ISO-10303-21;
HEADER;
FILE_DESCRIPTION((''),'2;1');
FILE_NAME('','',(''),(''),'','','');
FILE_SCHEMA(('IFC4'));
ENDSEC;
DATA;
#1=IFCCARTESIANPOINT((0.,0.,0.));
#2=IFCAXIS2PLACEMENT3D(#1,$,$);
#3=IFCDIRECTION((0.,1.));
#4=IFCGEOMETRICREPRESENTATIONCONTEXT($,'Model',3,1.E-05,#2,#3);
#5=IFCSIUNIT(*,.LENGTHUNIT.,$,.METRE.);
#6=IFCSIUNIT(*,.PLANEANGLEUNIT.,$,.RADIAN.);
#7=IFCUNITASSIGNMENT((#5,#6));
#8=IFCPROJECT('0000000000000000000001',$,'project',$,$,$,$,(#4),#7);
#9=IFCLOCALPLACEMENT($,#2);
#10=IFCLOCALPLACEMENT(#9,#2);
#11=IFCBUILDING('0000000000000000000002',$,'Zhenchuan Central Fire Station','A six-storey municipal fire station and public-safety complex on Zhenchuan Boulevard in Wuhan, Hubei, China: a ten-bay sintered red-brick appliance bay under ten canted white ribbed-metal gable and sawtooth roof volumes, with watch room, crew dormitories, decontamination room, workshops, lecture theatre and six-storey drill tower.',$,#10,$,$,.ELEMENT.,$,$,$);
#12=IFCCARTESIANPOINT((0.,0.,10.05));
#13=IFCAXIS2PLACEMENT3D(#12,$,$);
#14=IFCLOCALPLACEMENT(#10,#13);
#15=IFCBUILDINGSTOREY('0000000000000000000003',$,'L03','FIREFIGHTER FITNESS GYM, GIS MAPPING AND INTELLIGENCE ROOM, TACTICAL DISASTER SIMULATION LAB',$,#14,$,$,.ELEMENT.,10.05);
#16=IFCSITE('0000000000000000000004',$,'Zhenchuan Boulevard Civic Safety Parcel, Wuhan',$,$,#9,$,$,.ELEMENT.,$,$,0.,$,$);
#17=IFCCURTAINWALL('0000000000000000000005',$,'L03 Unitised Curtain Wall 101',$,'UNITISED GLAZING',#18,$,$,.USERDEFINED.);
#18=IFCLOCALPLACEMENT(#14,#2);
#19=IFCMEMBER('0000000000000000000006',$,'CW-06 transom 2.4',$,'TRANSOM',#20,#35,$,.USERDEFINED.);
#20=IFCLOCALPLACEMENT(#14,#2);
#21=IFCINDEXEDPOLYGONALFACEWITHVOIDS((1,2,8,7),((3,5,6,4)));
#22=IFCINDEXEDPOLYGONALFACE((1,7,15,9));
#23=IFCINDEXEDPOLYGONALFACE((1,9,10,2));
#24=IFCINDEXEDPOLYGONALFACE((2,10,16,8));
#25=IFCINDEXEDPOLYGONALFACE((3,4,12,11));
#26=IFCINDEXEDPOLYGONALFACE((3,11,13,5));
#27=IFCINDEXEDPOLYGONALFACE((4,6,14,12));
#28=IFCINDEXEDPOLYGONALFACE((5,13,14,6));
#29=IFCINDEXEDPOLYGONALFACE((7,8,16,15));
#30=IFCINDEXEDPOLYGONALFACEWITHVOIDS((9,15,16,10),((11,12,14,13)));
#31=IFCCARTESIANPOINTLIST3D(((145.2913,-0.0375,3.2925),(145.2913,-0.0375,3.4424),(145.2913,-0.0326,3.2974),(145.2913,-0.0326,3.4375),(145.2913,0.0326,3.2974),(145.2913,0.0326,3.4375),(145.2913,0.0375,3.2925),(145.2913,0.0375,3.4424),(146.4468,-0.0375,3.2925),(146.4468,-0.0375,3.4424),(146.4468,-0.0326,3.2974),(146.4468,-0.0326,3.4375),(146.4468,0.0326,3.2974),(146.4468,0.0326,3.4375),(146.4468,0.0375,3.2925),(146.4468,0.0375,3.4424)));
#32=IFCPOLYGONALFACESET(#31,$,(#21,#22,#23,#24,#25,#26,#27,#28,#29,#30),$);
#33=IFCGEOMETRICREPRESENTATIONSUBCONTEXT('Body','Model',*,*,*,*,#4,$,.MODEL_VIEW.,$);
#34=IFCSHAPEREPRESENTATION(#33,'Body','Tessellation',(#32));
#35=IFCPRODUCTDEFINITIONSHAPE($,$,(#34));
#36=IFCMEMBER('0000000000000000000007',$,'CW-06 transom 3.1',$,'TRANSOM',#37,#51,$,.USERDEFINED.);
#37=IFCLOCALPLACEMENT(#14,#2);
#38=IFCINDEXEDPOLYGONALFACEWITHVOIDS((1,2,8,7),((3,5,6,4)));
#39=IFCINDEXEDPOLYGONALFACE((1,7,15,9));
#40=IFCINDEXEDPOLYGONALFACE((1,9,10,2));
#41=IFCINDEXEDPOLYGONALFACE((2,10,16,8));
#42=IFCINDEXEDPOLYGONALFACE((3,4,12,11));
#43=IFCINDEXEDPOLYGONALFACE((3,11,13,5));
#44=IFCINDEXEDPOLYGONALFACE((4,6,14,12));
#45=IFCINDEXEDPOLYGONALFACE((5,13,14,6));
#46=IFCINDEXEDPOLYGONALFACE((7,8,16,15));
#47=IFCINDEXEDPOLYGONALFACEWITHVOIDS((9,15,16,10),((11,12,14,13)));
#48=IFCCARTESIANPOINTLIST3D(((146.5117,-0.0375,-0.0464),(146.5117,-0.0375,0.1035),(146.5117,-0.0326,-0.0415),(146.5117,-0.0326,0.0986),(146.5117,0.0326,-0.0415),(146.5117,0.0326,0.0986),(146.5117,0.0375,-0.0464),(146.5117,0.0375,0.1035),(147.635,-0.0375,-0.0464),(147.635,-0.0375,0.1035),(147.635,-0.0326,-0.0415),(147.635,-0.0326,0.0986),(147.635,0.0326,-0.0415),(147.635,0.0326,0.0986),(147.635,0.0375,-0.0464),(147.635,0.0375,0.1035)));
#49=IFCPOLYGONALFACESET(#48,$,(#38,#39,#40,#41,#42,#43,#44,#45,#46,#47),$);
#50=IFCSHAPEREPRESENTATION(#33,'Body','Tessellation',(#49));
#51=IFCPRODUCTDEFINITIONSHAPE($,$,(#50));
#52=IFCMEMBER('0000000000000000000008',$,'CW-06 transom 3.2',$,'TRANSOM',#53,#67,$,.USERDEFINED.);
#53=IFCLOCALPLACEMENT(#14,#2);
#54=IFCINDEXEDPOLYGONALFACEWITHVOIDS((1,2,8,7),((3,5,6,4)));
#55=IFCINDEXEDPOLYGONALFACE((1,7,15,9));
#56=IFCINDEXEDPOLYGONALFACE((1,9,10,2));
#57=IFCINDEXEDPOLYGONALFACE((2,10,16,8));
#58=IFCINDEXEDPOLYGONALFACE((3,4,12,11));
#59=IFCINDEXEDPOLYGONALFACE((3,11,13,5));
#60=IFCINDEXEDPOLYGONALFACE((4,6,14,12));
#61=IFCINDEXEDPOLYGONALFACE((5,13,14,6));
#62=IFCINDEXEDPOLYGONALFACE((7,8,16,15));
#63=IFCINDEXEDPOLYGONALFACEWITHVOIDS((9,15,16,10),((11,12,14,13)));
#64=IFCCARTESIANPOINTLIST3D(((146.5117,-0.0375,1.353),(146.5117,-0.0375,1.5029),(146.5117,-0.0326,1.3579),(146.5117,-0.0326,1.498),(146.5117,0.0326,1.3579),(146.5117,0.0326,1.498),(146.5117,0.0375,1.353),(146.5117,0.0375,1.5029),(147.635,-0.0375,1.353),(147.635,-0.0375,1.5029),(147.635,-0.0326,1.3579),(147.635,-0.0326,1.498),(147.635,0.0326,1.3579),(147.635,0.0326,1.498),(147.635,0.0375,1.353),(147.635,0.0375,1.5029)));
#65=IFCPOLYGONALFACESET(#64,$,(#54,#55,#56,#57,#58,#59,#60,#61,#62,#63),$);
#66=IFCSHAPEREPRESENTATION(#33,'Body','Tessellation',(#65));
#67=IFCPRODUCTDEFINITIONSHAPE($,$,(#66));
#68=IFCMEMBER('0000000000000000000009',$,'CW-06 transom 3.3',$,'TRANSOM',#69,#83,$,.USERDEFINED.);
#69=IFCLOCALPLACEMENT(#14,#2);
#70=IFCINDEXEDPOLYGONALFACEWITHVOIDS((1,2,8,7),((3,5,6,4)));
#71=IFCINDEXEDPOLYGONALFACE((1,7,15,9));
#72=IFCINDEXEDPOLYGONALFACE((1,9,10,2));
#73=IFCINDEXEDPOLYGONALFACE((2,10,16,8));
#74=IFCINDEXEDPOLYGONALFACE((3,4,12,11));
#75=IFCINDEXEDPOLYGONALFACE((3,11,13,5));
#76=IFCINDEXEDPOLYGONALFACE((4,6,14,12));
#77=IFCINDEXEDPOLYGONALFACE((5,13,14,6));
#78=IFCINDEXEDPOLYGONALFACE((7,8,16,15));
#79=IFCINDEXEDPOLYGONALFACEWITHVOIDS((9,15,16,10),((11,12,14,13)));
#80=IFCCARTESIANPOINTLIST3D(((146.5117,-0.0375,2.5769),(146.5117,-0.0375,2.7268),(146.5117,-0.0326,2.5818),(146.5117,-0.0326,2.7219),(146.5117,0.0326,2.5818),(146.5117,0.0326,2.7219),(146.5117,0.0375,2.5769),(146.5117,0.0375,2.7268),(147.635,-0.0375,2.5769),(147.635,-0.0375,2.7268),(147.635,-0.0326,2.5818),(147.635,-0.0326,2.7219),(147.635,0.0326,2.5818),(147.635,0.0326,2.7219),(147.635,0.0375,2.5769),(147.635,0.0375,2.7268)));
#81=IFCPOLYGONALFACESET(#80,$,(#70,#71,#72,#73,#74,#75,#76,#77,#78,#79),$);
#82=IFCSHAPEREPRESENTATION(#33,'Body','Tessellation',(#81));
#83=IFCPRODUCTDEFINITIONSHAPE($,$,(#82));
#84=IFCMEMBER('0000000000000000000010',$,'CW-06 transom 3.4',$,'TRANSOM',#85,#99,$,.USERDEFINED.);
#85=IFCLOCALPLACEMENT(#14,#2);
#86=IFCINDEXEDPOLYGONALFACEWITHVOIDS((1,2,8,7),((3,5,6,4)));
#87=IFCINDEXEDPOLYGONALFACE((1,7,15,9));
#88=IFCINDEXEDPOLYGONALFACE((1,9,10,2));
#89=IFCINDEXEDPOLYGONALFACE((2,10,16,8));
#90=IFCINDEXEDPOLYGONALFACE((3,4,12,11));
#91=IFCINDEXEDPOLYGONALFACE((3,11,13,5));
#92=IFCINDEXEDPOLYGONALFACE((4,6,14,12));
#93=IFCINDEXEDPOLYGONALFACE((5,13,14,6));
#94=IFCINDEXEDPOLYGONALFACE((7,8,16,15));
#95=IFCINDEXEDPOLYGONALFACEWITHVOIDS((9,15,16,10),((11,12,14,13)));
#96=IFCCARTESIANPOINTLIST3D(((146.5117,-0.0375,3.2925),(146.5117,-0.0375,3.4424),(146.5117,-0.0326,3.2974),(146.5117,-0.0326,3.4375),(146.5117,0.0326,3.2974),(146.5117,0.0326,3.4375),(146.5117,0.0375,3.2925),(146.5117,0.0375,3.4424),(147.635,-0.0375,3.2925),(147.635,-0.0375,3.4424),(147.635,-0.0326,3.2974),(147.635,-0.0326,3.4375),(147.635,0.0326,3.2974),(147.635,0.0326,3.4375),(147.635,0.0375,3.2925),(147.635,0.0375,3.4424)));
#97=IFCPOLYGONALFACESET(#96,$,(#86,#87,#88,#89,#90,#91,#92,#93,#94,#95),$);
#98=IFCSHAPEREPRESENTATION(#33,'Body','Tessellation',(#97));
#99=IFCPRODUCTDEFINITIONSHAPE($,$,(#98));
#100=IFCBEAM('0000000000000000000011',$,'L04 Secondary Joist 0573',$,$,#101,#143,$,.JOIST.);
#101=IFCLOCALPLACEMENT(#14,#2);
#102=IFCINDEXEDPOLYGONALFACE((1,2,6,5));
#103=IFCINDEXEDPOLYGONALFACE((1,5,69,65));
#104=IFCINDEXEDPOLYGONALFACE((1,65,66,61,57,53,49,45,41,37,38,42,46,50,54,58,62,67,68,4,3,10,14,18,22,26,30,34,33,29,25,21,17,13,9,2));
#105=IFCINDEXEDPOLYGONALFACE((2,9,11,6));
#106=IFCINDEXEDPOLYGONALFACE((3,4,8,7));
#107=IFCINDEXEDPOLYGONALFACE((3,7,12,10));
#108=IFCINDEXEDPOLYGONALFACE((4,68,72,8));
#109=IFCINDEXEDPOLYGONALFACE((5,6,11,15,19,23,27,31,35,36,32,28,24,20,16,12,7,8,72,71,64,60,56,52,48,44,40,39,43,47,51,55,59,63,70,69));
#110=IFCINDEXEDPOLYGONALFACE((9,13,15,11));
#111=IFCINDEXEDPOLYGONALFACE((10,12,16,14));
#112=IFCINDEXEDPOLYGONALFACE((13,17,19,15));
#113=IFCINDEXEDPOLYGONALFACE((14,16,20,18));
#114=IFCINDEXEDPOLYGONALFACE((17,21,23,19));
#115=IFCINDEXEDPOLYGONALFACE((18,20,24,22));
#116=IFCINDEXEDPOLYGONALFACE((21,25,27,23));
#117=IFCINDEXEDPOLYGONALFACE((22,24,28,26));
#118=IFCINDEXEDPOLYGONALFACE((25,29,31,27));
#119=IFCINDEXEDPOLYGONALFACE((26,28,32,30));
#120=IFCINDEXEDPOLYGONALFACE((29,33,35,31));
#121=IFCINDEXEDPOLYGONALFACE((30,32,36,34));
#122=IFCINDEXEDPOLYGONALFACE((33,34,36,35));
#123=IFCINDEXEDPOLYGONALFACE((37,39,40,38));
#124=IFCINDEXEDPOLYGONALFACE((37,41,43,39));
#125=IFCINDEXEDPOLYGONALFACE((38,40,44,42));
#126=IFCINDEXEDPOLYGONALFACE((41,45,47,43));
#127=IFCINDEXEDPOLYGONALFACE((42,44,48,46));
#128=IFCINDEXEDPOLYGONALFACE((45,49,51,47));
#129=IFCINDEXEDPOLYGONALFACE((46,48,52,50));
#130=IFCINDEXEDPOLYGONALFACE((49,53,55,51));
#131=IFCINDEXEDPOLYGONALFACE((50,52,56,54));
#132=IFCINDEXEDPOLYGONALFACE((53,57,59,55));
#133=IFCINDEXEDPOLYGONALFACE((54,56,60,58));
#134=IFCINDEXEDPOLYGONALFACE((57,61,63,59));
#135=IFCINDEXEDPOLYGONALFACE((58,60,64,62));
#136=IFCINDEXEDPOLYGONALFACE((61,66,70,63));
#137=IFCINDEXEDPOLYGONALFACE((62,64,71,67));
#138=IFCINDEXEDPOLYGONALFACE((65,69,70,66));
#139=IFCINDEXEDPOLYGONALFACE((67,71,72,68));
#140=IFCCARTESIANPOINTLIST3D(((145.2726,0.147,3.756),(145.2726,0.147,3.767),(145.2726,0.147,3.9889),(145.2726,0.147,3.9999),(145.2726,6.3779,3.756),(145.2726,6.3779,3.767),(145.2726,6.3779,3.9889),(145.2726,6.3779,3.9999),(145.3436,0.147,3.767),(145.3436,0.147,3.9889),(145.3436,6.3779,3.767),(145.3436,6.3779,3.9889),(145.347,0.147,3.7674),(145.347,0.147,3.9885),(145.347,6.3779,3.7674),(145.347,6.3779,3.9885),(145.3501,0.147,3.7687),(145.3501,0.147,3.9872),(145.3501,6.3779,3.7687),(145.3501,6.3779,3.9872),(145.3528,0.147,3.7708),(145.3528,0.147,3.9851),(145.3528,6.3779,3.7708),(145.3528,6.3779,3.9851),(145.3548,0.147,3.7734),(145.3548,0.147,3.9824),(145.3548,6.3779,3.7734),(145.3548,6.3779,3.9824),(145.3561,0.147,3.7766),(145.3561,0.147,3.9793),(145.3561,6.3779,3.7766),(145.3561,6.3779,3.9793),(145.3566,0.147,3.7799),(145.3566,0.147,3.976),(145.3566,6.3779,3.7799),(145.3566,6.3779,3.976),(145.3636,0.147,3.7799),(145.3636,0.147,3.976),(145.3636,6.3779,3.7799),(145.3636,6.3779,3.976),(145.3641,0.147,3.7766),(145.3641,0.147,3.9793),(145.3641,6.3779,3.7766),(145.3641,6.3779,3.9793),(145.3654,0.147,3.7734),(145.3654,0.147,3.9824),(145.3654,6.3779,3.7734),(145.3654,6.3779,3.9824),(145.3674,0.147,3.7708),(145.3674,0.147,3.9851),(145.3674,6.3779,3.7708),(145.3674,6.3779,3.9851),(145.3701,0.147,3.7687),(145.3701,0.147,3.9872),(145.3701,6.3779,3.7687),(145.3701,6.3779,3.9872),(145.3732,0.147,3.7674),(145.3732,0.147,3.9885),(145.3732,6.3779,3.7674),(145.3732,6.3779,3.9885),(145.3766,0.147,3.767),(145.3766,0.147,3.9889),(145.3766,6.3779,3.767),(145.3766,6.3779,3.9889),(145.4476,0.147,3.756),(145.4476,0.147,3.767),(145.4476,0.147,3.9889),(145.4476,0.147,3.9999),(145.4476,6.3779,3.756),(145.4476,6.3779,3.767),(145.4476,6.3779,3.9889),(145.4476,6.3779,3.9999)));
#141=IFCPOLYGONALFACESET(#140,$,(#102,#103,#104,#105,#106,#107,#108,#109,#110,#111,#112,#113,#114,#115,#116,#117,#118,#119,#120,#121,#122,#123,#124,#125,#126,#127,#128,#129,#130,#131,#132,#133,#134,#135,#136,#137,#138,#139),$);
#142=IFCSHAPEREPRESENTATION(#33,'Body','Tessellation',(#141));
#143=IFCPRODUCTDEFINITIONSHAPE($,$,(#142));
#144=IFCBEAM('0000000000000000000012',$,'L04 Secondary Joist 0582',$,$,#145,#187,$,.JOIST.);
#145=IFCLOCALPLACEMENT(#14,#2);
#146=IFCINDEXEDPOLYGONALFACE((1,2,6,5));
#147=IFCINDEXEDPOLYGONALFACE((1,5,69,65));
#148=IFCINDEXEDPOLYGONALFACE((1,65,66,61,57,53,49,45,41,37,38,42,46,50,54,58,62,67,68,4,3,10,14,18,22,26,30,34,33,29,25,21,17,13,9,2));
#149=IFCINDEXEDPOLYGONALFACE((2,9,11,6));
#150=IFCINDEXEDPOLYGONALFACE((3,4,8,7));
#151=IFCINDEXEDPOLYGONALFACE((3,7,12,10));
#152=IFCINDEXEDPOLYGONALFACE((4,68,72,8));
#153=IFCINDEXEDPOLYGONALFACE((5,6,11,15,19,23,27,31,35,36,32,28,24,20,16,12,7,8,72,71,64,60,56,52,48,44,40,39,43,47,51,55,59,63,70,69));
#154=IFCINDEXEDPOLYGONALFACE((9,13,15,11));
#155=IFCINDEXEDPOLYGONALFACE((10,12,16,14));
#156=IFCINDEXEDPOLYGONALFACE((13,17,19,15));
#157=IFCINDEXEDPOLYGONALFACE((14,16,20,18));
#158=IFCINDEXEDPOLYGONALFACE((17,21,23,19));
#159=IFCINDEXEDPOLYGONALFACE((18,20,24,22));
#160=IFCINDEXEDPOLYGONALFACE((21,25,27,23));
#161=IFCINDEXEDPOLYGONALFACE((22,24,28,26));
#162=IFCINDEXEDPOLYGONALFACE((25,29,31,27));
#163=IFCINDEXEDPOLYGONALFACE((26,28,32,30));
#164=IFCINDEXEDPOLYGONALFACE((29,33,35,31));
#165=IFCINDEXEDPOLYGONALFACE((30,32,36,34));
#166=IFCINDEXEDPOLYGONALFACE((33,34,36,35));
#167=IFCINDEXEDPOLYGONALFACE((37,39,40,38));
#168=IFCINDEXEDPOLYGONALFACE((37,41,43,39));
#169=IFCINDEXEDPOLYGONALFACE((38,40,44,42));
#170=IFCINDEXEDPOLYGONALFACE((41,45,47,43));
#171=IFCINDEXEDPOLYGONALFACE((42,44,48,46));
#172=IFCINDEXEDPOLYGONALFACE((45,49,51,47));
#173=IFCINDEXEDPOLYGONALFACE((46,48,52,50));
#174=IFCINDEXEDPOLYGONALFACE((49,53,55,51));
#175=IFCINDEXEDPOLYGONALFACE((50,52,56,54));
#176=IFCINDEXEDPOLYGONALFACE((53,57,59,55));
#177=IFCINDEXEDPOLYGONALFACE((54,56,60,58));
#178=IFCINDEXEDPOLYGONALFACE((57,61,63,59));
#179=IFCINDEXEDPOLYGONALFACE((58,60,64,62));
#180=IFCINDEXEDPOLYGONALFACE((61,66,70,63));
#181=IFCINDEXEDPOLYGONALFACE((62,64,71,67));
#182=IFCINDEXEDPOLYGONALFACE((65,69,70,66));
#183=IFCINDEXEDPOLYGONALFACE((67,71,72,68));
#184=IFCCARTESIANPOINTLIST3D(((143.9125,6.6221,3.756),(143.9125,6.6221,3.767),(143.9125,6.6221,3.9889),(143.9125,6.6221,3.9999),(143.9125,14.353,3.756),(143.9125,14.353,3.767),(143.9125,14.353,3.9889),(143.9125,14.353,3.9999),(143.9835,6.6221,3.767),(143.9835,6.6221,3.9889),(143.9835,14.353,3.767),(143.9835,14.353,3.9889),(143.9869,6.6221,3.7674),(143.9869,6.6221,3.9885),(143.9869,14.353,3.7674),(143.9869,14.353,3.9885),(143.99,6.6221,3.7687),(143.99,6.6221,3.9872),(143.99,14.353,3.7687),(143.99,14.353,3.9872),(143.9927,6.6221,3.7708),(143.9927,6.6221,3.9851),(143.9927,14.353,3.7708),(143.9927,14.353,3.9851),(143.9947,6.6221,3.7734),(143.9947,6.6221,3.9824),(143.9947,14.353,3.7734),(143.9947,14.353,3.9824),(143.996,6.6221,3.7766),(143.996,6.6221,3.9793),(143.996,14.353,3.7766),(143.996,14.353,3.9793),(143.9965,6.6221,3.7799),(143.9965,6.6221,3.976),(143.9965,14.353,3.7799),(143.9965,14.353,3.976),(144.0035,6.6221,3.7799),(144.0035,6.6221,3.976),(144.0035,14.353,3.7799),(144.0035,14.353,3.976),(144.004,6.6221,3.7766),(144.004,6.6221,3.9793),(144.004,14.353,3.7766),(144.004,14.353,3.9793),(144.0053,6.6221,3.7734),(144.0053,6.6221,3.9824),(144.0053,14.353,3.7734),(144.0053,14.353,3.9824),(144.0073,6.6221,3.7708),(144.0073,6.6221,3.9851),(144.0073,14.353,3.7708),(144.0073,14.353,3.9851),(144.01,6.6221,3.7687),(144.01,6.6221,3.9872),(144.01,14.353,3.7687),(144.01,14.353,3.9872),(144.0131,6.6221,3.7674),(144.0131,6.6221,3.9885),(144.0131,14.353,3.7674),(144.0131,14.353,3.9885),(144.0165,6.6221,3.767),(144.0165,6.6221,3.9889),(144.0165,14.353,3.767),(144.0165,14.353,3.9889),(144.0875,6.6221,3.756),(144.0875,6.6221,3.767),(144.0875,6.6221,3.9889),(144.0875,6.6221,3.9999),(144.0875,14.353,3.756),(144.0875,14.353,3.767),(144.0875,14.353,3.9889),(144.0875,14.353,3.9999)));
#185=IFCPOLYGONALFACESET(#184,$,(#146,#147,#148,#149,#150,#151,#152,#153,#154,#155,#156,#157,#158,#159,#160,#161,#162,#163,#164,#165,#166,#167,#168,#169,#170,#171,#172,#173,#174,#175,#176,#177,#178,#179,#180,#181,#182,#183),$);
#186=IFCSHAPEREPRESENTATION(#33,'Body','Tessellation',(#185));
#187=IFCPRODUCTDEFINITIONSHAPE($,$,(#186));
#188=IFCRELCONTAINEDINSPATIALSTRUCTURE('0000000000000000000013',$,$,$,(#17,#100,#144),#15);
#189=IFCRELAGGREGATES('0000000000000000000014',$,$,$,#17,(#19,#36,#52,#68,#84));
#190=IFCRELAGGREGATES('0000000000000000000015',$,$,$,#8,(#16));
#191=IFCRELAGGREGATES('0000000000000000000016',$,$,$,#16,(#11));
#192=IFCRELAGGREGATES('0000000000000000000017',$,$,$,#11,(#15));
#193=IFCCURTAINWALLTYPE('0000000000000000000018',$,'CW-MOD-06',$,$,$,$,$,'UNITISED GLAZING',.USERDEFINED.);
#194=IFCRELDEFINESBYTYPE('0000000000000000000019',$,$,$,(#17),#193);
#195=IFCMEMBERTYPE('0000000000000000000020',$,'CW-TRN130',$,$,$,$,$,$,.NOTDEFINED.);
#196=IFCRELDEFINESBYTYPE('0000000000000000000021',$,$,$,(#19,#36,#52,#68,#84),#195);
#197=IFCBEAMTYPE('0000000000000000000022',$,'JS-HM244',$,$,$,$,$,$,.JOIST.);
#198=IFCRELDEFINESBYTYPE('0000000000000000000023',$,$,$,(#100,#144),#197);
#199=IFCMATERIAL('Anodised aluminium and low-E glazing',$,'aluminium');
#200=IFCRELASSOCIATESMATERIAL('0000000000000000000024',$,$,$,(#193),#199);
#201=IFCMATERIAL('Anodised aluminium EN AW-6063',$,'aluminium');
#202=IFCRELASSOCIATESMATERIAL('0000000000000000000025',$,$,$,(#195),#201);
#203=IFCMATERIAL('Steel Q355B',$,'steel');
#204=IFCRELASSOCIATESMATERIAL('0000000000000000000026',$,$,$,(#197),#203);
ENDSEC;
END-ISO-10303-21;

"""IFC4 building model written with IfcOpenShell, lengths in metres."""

from ifc_helpers import new_model, si_unit, direction, frame, origin, origin_2d, place, context, subcontext, project, spatial, hollow_rectangle, i_section, extrude, material, material_profile, profile_set, type_object, element, aggregate, save


model = new_model("IFC4")

# Units and contexts
model_context = context("Model", 3, precision=1e-05, world=origin(), true_north=direction((0.0, 1.0)))
body_context = subcontext(model_context, "Body", "Model", "MODEL_VIEW")
ifc_project = project(units=[si_unit("LENGTHUNIT", "METRE"), si_unit("PLANEANGLEUNIT", "RADIAN")], contexts=[model_context])

# Site, building, storey
site_placement = place(None, origin())
site = spatial("IfcSite", under=ifc_project, at=site_placement, Name="Zhenchuan Boulevard Civic Safety Parcel, Wuhan", CompositionType="ELEMENT", RefElevation=0.0)
building_placement = place(site_placement, origin())
building = spatial("IfcBuilding", under=site, at=building_placement, Name="Zhenchuan Central Fire Station", Description="A six-storey municipal fire station and public-safety complex on Zhenchuan Boulevard in Wuhan, Hubei, China: a ten-bay sintered red-brick appliance bay under ten canted white ribbed-metal gable and sawtooth roof volumes, with watch room, crew dormitories, decontamination room, workshops, lecture theatre and six-storey drill tower.", CompositionType="ELEMENT")
storey_placement = place(building_placement, frame((0.0, 0.0, 10.05)))
storey = spatial("IfcBuildingStorey", under=building, at=storey_placement, Name="L03", Description="FIREFIGHTER FITNESS GYM, GIS MAPPING AND INTELLIGENCE ROOM, TACTICAL DISASTER SIMULATION LAB", CompositionType="ELEMENT", Elevation=10.05)

# Shared definitions
ifc_material_1 = material(Name="Anodised aluminium and low-E glazing", Category="aluminium")
ifc_material_2 = material(Name="Anodised aluminium EN AW-6063", Category="aluminium")

# Curtain wall, members
curtain_wall_type_1 = type_object("IfcCurtainWallType", Name="CW-MOD-06", ElementType="UNITISED GLAZING", PredefinedType="USERDEFINED", material=ifc_material_1)
curtain_wall_1_placement = place(storey_placement, origin())
curtain_wall_1 = element("IfcCurtainWall", 1, at=curtain_wall_1_placement, inside=storey, type_object=curtain_wall_type_1, Name="L03 Unitised Curtain Wall 101", ObjectType="UNITISED GLAZING", PredefinedType="USERDEFINED")
ifc_material_profile_1 = material_profile(ifc_material_2, hollow_rectangle(XDim=0.075, YDim=0.1499, WallThickness=0.0049, at=origin_2d()), Name="ALU-T 150x75")
ifc_profile_set_1 = profile_set([ifc_material_profile_1], Name="Anodised aluminium EN AW-6063")
member_type_1 = type_object("IfcMemberType", Name="CW-TRN130", PredefinedType="NOTDEFINED", material=ifc_profile_set_1)
member_1_placement = place(storey_placement, frame((145.2913, 0.0, 3.3674), z_axis=(1.0, 0.0, 0.0), x_axis=(0.0, 1.0, 0.0)))
member_1 = element("IfcMember", 2, at=member_1_placement, type_object=member_type_1, Name="CW-06 transom 2.4", ObjectType="TRANSOM", PredefinedType="USERDEFINED", context=body_context, shape_type="SweptSolid", body=[
    extrude(hollow_rectangle(XDim=0.075, YDim=0.1499, WallThickness=0.0049, at=origin_2d()), origin(), (0.0, 0.0, 1.0), 1.1555),
])
member_2_placement = place(storey_placement, frame((146.5117, 0.0, 0.0286), z_axis=(1.0, 0.0, 0.0), x_axis=(0.0, 1.0, 0.0)))
member_2 = element("IfcMember", 3, at=member_2_placement, type_object=member_type_1, Name="CW-06 transom 3.1", ObjectType="TRANSOM", PredefinedType="USERDEFINED", context=body_context, shape_type="SweptSolid", body=[
    extrude(hollow_rectangle(XDim=0.075, YDim=0.1499, WallThickness=0.0049, at=origin_2d()), origin(), (0.0, 0.0, 1.0), 1.1233),
])
member_3_placement = place(storey_placement, frame((146.5117, 0.0, 1.428), z_axis=(1.0, 0.0, 0.0), x_axis=(0.0, 1.0, 0.0)))
member_3 = element("IfcMember", 4, at=member_3_placement, type_object=member_type_1, Name="CW-06 transom 3.2", ObjectType="TRANSOM", PredefinedType="USERDEFINED", context=body_context, shape_type="SweptSolid", body=[
    extrude(hollow_rectangle(XDim=0.075, YDim=0.1499, WallThickness=0.0049, at=origin_2d()), origin(), (0.0, 0.0, 1.0), 1.1233),
])
member_4_placement = place(storey_placement, frame((146.5117, 0.0, 2.6519), z_axis=(1.0, 0.0, 0.0), x_axis=(0.0, 1.0, 0.0)))
member_4 = element("IfcMember", 5, at=member_4_placement, type_object=member_type_1, Name="CW-06 transom 3.3", ObjectType="TRANSOM", PredefinedType="USERDEFINED", context=body_context, shape_type="SweptSolid", body=[
    extrude(hollow_rectangle(XDim=0.075, YDim=0.1499, WallThickness=0.0049, at=origin_2d()), origin(), (0.0, 0.0, 1.0), 1.1233),
])
member_5_placement = place(storey_placement, frame((146.5117, 0.0, 3.3674), z_axis=(1.0, 0.0, 0.0), x_axis=(0.0, 1.0, 0.0)))
member_5 = element("IfcMember", 6, at=member_5_placement, type_object=member_type_1, Name="CW-06 transom 3.4", ObjectType="TRANSOM", PredefinedType="USERDEFINED", context=body_context, shape_type="SweptSolid", body=[
    extrude(hollow_rectangle(XDim=0.075, YDim=0.1499, WallThickness=0.0049, at=origin_2d()), origin(), (0.0, 0.0, 1.0), 1.1233),
])

# Beams
ifc_material_3 = material(Name="Steel Q355B", Category="steel")
ifc_material_profile_2 = material_profile(ifc_material_3, i_section(OverallWidth=0.175, OverallDepth=0.2439, WebThickness=0.0071, FlangeThickness=0.011, FilletRadius=0.0129, at=origin_2d()), Name="HM 244x175")
ifc_profile_set_2 = profile_set([ifc_material_profile_2], Name="Steel Q355B")
beam_type_1 = type_object("IfcBeamType", Name="JS-HM244", PredefinedType="JOIST", material=ifc_profile_set_2)
beam_1_placement = place(storey_placement, frame((145.3601, 0.147, 3.8779), z_axis=(0.0, 1.0, 0.0), x_axis=(-1.0, 0.0, 0.0)))
element("IfcBeam", 7, at=beam_1_placement, inside=storey, type_object=beam_type_1, Name="L04 Secondary Joist 0573", PredefinedType="JOIST", context=body_context, shape_type="SweptSolid", body=[
    extrude(i_section(OverallWidth=0.175, OverallDepth=0.2439, WebThickness=0.0071, FlangeThickness=0.011, FilletRadius=0.0129, at=origin_2d()), origin(), (0.0, 0.0, 1.0), 6.231),
])
beam_2_placement = place(storey_placement, frame((144.0, 6.6221, 3.8779), z_axis=(0.0, 1.0, 0.0), x_axis=(-1.0, 0.0, 0.0)))
element("IfcBeam", 8, at=beam_2_placement, inside=storey, type_object=beam_type_1, Name="L04 Secondary Joist 0582", PredefinedType="JOIST", context=body_context, shape_type="SweptSolid", body=[
    extrude(i_section(OverallWidth=0.175, OverallDepth=0.2439, WebThickness=0.0071, FlangeThickness=0.011, FilletRadius=0.0129, at=origin_2d()), origin(), (0.0, 0.0, 1.0), 7.731),
])

aggregate(curtain_wall_1, [member_1, member_2, member_3, member_4, member_5])

save(model, "model.ifc")
